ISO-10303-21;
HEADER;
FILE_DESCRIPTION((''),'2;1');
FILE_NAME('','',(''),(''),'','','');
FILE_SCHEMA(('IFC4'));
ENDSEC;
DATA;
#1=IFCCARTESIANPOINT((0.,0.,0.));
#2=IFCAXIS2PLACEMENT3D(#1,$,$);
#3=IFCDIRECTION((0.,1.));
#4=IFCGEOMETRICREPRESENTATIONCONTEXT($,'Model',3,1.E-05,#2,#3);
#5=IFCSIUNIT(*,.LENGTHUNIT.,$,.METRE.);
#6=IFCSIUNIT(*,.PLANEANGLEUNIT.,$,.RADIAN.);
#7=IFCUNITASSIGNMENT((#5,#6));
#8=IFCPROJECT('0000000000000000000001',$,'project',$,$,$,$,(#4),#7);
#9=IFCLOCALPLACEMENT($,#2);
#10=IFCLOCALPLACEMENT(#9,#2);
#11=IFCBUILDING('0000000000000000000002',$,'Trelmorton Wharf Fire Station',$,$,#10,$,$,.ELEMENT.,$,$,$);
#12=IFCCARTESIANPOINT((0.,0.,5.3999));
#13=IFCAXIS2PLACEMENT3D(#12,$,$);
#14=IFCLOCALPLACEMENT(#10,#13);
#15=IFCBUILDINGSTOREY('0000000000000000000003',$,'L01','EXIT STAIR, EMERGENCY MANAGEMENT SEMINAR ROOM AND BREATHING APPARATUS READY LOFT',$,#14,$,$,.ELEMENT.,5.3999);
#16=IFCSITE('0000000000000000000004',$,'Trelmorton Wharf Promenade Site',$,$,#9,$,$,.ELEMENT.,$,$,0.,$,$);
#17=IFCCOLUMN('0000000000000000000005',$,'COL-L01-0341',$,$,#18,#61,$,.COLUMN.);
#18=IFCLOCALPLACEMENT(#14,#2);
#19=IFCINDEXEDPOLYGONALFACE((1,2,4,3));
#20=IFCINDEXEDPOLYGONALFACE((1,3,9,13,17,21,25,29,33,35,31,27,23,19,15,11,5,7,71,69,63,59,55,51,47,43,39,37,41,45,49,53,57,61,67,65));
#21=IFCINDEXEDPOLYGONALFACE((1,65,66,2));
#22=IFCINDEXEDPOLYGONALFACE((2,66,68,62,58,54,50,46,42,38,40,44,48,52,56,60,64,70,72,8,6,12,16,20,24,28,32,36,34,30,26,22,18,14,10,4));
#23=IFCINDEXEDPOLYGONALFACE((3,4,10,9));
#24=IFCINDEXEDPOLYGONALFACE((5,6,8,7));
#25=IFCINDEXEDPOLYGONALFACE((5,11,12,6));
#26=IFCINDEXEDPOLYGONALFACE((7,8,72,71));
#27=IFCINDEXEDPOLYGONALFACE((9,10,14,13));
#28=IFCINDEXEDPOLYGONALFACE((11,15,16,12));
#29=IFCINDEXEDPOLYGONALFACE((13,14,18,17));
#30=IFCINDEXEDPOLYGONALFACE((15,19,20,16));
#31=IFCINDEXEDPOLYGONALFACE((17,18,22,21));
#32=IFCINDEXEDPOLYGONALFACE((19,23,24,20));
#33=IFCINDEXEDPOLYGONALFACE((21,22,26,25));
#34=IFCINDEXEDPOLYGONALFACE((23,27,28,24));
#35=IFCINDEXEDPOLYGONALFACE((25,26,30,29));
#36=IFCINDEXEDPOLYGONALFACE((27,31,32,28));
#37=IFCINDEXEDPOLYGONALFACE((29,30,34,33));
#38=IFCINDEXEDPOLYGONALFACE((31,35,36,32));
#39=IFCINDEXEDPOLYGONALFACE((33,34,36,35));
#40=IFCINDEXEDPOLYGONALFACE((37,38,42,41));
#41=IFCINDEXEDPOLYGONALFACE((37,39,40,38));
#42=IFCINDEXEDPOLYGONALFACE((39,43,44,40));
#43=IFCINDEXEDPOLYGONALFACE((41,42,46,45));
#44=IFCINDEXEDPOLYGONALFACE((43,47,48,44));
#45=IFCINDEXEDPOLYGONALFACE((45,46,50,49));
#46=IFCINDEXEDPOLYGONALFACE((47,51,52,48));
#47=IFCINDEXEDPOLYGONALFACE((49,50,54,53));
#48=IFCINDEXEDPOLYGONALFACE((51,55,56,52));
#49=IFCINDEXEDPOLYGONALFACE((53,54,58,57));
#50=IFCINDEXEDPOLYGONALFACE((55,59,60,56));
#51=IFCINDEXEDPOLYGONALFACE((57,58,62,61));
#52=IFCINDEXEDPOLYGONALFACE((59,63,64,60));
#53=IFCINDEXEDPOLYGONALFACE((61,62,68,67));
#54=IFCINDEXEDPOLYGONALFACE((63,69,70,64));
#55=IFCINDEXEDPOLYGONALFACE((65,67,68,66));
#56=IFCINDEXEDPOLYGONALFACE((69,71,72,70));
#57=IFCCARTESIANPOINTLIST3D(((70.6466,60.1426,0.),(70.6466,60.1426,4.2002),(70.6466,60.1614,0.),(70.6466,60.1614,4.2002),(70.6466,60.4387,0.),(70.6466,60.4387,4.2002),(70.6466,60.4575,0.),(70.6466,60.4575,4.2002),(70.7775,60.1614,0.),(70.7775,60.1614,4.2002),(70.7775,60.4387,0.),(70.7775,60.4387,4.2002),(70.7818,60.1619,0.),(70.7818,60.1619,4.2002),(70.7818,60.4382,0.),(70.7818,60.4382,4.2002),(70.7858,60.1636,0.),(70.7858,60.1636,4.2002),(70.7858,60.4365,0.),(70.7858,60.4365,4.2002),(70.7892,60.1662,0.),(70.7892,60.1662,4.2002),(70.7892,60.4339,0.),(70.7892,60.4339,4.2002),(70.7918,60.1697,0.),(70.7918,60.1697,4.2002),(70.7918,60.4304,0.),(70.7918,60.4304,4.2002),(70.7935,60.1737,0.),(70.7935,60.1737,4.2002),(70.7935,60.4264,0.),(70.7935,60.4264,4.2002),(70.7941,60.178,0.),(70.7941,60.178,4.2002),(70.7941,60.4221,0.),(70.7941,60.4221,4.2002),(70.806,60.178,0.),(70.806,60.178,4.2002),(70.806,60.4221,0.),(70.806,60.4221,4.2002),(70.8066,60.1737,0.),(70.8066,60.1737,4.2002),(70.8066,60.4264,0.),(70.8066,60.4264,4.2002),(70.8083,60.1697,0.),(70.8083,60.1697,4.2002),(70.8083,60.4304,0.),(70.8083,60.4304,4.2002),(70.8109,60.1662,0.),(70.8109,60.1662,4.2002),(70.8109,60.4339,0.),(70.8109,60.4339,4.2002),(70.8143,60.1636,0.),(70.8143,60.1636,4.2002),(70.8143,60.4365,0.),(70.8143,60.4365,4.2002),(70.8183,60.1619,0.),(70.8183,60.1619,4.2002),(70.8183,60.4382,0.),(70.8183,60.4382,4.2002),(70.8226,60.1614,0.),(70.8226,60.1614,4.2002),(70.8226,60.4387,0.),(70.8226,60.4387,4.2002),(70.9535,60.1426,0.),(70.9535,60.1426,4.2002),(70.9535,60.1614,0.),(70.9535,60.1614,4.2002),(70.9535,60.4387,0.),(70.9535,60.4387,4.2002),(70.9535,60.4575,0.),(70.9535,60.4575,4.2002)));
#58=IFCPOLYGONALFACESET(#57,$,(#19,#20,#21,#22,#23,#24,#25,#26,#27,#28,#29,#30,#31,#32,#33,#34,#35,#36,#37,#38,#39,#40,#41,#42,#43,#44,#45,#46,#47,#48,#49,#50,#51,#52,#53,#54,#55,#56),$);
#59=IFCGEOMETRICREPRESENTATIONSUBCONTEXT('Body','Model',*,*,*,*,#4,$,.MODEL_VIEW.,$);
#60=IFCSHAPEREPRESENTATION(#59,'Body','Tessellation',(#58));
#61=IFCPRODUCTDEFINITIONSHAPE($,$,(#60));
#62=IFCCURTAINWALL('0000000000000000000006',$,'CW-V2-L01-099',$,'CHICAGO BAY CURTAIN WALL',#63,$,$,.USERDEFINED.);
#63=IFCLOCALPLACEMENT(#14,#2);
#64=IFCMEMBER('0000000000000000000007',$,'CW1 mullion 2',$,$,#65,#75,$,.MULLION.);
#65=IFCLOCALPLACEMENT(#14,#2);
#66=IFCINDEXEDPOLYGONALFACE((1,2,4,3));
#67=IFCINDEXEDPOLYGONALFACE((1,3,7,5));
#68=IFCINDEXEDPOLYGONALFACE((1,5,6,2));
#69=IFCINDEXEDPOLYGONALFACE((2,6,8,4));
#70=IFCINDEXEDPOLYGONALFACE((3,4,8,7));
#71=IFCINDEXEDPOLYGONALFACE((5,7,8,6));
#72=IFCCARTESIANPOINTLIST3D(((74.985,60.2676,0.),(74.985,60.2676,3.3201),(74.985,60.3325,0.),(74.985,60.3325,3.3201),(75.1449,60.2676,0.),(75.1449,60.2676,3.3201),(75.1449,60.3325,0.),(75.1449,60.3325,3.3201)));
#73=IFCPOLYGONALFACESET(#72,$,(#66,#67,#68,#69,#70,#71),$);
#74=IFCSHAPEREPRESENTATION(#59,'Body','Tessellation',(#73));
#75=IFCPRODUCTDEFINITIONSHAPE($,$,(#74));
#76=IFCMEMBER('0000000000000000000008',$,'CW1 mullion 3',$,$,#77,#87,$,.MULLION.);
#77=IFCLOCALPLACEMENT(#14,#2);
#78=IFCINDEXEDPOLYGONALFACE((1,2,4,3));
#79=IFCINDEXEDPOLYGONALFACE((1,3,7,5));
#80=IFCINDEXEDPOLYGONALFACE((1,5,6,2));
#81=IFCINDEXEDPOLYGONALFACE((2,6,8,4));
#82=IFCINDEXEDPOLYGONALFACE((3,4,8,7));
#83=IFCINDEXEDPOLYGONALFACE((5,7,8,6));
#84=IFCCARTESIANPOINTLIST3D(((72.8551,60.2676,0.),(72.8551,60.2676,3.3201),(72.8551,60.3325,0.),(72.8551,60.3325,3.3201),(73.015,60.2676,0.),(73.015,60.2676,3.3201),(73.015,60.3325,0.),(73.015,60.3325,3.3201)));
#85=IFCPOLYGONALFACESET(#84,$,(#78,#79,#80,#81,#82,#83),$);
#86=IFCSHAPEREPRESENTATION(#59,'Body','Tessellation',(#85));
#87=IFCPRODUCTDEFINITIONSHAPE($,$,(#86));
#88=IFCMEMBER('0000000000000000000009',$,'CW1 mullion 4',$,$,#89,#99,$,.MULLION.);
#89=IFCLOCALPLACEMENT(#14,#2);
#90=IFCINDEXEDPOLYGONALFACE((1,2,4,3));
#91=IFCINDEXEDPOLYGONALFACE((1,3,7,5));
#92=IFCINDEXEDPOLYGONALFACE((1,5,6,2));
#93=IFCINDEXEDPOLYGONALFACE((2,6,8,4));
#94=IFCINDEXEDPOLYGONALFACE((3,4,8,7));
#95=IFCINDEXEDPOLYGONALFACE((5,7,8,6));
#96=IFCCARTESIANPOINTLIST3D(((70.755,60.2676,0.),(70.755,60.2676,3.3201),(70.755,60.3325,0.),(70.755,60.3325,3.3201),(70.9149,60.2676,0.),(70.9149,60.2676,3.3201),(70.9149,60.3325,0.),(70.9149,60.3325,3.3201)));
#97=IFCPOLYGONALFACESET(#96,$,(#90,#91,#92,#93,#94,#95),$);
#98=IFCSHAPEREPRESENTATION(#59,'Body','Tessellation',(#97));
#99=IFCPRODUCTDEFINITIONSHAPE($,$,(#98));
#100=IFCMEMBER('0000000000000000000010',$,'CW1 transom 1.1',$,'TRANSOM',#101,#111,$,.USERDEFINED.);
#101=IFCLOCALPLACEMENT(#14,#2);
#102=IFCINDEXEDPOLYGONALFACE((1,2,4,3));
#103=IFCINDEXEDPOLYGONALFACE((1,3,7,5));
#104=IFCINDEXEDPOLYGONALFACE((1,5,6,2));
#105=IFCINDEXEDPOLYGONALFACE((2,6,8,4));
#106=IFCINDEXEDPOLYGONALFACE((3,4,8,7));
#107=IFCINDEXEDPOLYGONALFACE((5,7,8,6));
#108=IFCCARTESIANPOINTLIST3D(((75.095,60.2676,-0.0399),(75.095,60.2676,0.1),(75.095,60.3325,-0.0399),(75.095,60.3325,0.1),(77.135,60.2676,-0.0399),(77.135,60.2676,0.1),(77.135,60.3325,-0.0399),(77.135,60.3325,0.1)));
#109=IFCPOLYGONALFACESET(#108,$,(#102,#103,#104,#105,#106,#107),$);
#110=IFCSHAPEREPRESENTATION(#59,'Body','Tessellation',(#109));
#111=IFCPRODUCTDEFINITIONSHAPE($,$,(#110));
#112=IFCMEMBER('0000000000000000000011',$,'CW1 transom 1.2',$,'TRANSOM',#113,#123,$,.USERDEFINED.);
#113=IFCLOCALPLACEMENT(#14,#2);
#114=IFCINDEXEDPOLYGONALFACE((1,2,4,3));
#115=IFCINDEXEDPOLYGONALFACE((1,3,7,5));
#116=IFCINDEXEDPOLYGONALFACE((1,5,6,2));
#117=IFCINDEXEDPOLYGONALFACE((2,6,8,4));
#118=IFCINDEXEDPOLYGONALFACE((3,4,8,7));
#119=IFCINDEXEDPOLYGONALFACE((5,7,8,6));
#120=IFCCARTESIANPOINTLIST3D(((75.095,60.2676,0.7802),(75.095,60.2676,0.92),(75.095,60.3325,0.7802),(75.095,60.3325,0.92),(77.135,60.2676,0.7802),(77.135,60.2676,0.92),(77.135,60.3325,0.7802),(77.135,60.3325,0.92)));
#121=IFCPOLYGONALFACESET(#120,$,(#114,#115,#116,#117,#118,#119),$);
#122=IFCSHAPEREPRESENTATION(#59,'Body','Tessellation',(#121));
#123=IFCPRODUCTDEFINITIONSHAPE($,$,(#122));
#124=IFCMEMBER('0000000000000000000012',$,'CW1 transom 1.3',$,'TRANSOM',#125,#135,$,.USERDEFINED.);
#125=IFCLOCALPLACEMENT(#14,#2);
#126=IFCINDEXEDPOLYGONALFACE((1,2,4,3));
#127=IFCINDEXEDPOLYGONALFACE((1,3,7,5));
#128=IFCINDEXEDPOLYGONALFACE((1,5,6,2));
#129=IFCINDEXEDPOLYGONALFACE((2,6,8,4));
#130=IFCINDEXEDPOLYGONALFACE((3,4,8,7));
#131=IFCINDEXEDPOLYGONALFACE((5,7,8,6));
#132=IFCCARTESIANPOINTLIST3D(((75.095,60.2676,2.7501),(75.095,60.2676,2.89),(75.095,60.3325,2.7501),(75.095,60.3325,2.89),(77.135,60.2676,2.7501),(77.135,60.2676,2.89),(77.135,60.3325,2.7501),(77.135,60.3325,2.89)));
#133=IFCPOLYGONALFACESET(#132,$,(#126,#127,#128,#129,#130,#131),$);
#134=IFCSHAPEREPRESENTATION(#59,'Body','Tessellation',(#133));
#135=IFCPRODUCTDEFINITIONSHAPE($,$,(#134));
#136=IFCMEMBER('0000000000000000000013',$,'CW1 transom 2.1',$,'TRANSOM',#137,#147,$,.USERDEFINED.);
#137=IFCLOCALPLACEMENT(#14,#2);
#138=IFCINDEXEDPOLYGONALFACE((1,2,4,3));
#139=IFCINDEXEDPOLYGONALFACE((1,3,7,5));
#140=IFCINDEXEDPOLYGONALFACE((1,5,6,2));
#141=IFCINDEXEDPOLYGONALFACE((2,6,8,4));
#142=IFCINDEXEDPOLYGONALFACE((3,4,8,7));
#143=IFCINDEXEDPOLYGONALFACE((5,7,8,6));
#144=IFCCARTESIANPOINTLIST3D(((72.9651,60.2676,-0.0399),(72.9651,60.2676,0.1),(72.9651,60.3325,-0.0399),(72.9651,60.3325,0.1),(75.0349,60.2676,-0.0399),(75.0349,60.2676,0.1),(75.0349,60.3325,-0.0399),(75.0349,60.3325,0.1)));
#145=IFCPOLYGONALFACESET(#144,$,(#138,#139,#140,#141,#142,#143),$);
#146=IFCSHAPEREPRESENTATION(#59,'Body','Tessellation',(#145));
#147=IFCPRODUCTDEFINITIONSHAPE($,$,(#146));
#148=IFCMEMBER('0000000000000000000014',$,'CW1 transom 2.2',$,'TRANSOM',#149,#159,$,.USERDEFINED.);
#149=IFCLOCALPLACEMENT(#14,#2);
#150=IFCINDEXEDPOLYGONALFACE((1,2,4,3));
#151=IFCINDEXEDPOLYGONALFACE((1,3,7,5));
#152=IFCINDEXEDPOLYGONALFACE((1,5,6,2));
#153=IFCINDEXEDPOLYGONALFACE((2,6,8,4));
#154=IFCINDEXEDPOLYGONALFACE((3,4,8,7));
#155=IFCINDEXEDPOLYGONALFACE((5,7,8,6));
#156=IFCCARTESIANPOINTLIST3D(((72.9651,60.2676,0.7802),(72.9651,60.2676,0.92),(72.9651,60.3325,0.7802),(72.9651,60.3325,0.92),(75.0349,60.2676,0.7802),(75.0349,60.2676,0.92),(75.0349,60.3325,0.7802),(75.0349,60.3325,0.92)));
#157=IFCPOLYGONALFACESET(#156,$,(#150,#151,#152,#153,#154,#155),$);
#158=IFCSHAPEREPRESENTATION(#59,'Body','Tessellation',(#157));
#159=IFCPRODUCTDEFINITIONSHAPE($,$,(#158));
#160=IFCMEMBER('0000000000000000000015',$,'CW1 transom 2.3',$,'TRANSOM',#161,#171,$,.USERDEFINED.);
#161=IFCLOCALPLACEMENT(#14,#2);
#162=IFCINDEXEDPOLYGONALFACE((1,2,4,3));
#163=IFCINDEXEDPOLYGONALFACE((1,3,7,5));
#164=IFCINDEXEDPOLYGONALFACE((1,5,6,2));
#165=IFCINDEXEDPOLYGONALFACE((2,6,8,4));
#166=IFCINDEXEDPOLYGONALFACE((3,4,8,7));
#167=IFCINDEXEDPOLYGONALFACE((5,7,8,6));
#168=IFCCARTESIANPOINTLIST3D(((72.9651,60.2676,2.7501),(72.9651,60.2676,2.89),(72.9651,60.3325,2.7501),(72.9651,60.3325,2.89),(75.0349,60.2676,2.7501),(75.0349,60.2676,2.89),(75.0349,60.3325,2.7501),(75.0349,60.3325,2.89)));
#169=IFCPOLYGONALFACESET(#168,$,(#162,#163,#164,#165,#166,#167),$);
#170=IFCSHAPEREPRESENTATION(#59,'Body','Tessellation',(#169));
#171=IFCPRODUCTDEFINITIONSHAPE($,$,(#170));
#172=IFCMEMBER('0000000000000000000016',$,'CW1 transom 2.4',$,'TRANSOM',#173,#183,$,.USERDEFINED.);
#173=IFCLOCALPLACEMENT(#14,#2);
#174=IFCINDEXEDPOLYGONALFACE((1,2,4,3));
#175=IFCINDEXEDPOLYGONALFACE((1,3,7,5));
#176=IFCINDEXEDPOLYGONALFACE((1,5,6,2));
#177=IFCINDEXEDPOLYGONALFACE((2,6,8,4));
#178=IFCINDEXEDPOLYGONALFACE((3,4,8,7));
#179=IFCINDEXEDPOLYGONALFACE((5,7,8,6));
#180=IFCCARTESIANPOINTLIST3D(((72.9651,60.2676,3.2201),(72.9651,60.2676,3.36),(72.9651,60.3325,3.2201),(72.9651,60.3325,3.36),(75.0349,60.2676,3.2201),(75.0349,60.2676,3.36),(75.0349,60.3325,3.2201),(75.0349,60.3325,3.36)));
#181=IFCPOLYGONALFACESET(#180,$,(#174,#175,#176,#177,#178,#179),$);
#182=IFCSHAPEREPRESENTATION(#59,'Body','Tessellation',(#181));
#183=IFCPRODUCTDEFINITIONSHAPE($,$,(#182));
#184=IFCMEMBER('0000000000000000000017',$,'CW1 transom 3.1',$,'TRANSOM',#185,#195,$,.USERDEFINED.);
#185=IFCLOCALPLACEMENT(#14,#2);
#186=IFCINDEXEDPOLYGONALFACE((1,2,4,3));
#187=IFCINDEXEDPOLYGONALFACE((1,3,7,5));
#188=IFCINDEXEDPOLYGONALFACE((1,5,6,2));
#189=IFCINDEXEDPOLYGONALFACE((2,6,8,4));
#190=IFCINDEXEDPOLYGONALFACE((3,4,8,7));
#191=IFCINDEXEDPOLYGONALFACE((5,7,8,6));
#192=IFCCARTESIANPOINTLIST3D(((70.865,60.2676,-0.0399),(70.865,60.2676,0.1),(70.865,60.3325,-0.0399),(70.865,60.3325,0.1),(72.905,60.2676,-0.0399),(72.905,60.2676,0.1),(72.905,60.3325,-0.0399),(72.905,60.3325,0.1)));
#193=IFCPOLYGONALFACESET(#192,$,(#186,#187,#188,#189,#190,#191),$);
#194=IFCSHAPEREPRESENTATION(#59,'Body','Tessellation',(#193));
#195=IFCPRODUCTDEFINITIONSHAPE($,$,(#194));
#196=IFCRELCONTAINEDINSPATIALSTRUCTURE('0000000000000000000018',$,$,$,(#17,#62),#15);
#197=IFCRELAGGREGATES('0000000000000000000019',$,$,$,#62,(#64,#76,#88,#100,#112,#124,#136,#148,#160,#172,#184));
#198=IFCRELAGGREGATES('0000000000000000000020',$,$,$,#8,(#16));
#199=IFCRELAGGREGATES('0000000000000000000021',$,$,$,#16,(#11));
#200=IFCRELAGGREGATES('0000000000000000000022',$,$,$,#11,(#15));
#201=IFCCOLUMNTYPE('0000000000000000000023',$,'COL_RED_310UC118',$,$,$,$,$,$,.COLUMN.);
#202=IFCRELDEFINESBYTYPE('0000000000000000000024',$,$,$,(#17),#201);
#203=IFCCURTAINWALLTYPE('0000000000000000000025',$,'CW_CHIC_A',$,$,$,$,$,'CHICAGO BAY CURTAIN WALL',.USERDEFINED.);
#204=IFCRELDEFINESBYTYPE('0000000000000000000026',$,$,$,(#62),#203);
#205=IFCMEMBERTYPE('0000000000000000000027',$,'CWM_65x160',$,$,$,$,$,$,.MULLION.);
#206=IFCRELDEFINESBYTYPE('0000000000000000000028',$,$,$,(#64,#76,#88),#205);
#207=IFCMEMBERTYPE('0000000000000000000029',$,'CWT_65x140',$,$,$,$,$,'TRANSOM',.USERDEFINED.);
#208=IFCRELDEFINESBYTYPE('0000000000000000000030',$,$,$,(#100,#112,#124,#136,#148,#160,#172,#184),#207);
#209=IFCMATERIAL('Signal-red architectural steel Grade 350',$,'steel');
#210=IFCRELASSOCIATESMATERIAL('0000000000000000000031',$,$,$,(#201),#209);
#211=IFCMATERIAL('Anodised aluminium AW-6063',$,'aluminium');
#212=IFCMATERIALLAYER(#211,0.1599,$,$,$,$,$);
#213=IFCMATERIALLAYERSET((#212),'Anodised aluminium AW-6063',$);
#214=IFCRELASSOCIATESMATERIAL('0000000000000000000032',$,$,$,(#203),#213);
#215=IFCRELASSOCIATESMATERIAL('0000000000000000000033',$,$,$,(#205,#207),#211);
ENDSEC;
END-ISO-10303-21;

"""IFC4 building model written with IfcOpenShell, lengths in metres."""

from ifc_helpers import new_model, si_unit, direction, frame, origin, origin_2d, place, context, subcontext, project, spatial, rectangle, i_section, extrude, material, layer, layer_set, material_profile, profile_set, type_object, element, aggregate, save


model = new_model("IFC4")

# Units and contexts
model_context = context("Model", 3, precision=1e-05, world=origin(), true_north=direction((0.0, 1.0)))
body_context = subcontext(model_context, "Body", "Model", "MODEL_VIEW")
ifc_project = project(units=[si_unit("LENGTHUNIT", "METRE"), si_unit("PLANEANGLEUNIT", "RADIAN")], contexts=[model_context])

# Site, building, storey
site_placement = place(None, origin())
site = spatial("IfcSite", under=ifc_project, at=site_placement, Name="Trelmorton Wharf Promenade Site", CompositionType="ELEMENT", RefElevation=0.0)
building_placement = place(site_placement, origin())
building = spatial("IfcBuilding", under=site, at=building_placement, Name="Trelmorton Wharf Fire Station", CompositionType="ELEMENT")
storey_placement = place(building_placement, frame((0.0, 0.0, 5.3999)))
storey = spatial("IfcBuildingStorey", under=building, at=storey_placement, Name="L01", Description="EXIT STAIR, EMERGENCY MANAGEMENT SEMINAR ROOM AND BREATHING APPARATUS READY LOFT", CompositionType="ELEMENT", Elevation=5.3999)

# Column
ifc_material_1 = material(Name="Signal-red architectural steel Grade 350", Category="steel")
ifc_material_profile_1 = material_profile(ifc_material_1, i_section(OverallWidth=0.3069, OverallDepth=0.3149, WebThickness=0.012, FlangeThickness=0.0188, FilletRadius=0.0166, at=origin_2d()), Name="310UC118")
ifc_profile_set_1 = profile_set([ifc_material_profile_1], Name="Signal-red architectural steel Grade 350")
column_type = type_object("IfcColumnType", Name="COL_RED_310UC118", PredefinedType="COLUMN", material=ifc_profile_set_1)
column_placement = place(storey_placement, frame((70.8, 60.3, 0.0), z_axis=(0.0, 0.0, 1.0), x_axis=(1.0, 0.0, 0.0)))
element("IfcColumn", 1, at=column_placement, inside=storey, type_object=column_type, Name="COL-L01-0341", PredefinedType="COLUMN", context=body_context, shape_type="SweptSolid", body=[
    extrude(i_section(OverallWidth=0.3069, OverallDepth=0.3149, WebThickness=0.012, FlangeThickness=0.0188, FilletRadius=0.0166, at=origin_2d()), origin(), (0.0, 0.0, 1.0), 4.2002),
])

# Curtain wall, members
ifc_material_2 = material(Name="Anodised aluminium AW-6063", Category="aluminium")
ifc_layer_1 = layer(ifc_material_2, 0.1599)
ifc_layer_set_1 = layer_set([ifc_layer_1], Name="Anodised aluminium AW-6063")
curtain_wall_type = type_object("IfcCurtainWallType", Name="CW_CHIC_A", ElementType="CHICAGO BAY CURTAIN WALL", PredefinedType="USERDEFINED", material=ifc_layer_set_1)
curtain_wall_placement = place(storey_placement, origin())
curtain_wall = element("IfcCurtainWall", 2, at=curtain_wall_placement, inside=storey, type_object=curtain_wall_type, Name="CW-V2-L01-099", ObjectType="CHICAGO BAY CURTAIN WALL", PredefinedType="USERDEFINED")
ifc_material_profile_2 = material_profile(ifc_material_2, rectangle(XDim=0.0649, YDim=0.1599, at=origin_2d()), Name="ALU-65x160")
ifc_profile_set_2 = profile_set([ifc_material_profile_2], Name="Anodised aluminium AW-6063")
member_type_1 = type_object("IfcMemberType", Name="CWM_65x160", PredefinedType="MULLION", material=ifc_profile_set_2)
member_1_placement = place(storey_placement, frame((75.0649, 60.3, 0.0), z_axis=(0.0, 0.0, 1.0), x_axis=(0.0, -1.0, 0.0)))
member_1 = element("IfcMember", 3, at=member_1_placement, type_object=member_type_1, Name="CW1 mullion 2", PredefinedType="MULLION", context=body_context, shape_type="SweptSolid", body=[
    extrude(rectangle(XDim=0.0649, YDim=0.1599, at=origin_2d()), origin(), (0.0, 0.0, 1.0), 3.3201),
])
member_2_placement = place(storey_placement, frame((72.9351, 60.3, 0.0), z_axis=(0.0, 0.0, 1.0), x_axis=(0.0, -1.0, 0.0)))
member_2 = element("IfcMember", 4, at=member_2_placement, type_object=member_type_1, Name="CW1 mullion 3", PredefinedType="MULLION", context=body_context, shape_type="SweptSolid", body=[
    extrude(rectangle(XDim=0.0649, YDim=0.1599, at=origin_2d()), origin(), (0.0, 0.0, 1.0), 3.3201),
])
member_3_placement = place(storey_placement, frame((70.835, 60.3, 0.0), z_axis=(0.0, 0.0, 1.0), x_axis=(0.0, -1.0, 0.0)))
member_3 = element("IfcMember", 5, at=member_3_placement, type_object=member_type_1, Name="CW1 mullion 4", PredefinedType="MULLION", context=body_context, shape_type="SweptSolid", body=[
    extrude(rectangle(XDim=0.0649, YDim=0.1599, at=origin_2d()), origin(), (0.0, 0.0, 1.0), 3.3201),
])
ifc_material_profile_3 = material_profile(ifc_material_2, rectangle(XDim=0.0649, YDim=0.1399, at=origin_2d()), Name="ALU-65x140")
ifc_profile_set_3 = profile_set([ifc_material_profile_3], Name="Anodised aluminium AW-6063")
member_type_2 = type_object("IfcMemberType", Name="CWT_65x140", ElementType="TRANSOM", PredefinedType="USERDEFINED", material=ifc_profile_set_3)
member_4_placement = place(storey_placement, frame((77.135, 60.3, 0.03), z_axis=(-1.0, 0.0, 0.0), x_axis=(0.0, -1.0, 0.0)))
member_4 = element("IfcMember", 6, at=member_4_placement, type_object=member_type_2, Name="CW1 transom 1.1", ObjectType="TRANSOM", PredefinedType="USERDEFINED", context=body_context, shape_type="SweptSolid", body=[
    extrude(rectangle(XDim=0.0649, YDim=0.1399, at=origin_2d()), origin(), (0.0, 0.0, 1.0), 2.04),
])
member_5_placement = place(storey_placement, frame((77.135, 60.3, 0.8501), z_axis=(-1.0, 0.0, 0.0), x_axis=(0.0, -1.0, 0.0)))
member_5 = element("IfcMember", 7, at=member_5_placement, type_object=member_type_2, Name="CW1 transom 1.2", ObjectType="TRANSOM", PredefinedType="USERDEFINED", context=body_context, shape_type="SweptSolid", body=[
    extrude(rectangle(XDim=0.0649, YDim=0.1399, at=origin_2d()), origin(), (0.0, 0.0, 1.0), 2.04),
])
member_6_placement = place(storey_placement, frame((77.135, 60.3, 2.8201), z_axis=(-1.0, 0.0, 0.0), x_axis=(0.0, -1.0, 0.0)))
member_6 = element("IfcMember", 8, at=member_6_placement, type_object=member_type_2, Name="CW1 transom 1.3", ObjectType="TRANSOM", PredefinedType="USERDEFINED", context=body_context, shape_type="SweptSolid", body=[
    extrude(rectangle(XDim=0.0649, YDim=0.1399, at=origin_2d()), origin(), (0.0, 0.0, 1.0), 2.04),
])
member_7_placement = place(storey_placement, frame((75.0349, 60.3, 0.03), z_axis=(-1.0, 0.0, 0.0), x_axis=(0.0, -1.0, 0.0)))
member_7 = element("IfcMember", 9, at=member_7_placement, type_object=member_type_2, Name="CW1 transom 2.1", ObjectType="TRANSOM", PredefinedType="USERDEFINED", context=body_context, shape_type="SweptSolid", body=[
    extrude(rectangle(XDim=0.0649, YDim=0.1399, at=origin_2d()), origin(), (0.0, 0.0, 1.0), 2.0698),
])
member_8_placement = place(storey_placement, frame((75.0349, 60.3, 0.8501), z_axis=(-1.0, 0.0, 0.0), x_axis=(0.0, -1.0, 0.0)))
member_8 = element("IfcMember", 10, at=member_8_placement, type_object=member_type_2, Name="CW1 transom 2.2", ObjectType="TRANSOM", PredefinedType="USERDEFINED", context=body_context, shape_type="SweptSolid", body=[
    extrude(rectangle(XDim=0.0649, YDim=0.1399, at=origin_2d()), origin(), (0.0, 0.0, 1.0), 2.0698),
])
member_9_placement = place(storey_placement, frame((75.0349, 60.3, 2.8201), z_axis=(-1.0, 0.0, 0.0), x_axis=(0.0, -1.0, 0.0)))
member_9 = element("IfcMember", 11, at=member_9_placement, type_object=member_type_2, Name="CW1 transom 2.3", ObjectType="TRANSOM", PredefinedType="USERDEFINED", context=body_context, shape_type="SweptSolid", body=[
    extrude(rectangle(XDim=0.0649, YDim=0.1399, at=origin_2d()), origin(), (0.0, 0.0, 1.0), 2.0698),
])
member_10_placement = place(storey_placement, frame((75.0349, 60.3, 3.29), z_axis=(-1.0, 0.0, 0.0), x_axis=(0.0, -1.0, 0.0)))
member_10 = element("IfcMember", 12, at=member_10_placement, type_object=member_type_2, Name="CW1 transom 2.4", ObjectType="TRANSOM", PredefinedType="USERDEFINED", context=body_context, shape_type="SweptSolid", body=[
    extrude(rectangle(XDim=0.0649, YDim=0.1399, at=origin_2d()), origin(), (0.0, 0.0, 1.0), 2.0698),
])
member_11_placement = place(storey_placement, frame((72.905, 60.3, 0.03), z_axis=(-1.0, 0.0, 0.0), x_axis=(0.0, -1.0, 0.0)))
member_11 = element("IfcMember", 13, at=member_11_placement, type_object=member_type_2, Name="CW1 transom 3.1", ObjectType="TRANSOM", PredefinedType="USERDEFINED", context=body_context, shape_type="SweptSolid", body=[
    extrude(rectangle(XDim=0.0649, YDim=0.1399, at=origin_2d()), origin(), (0.0, 0.0, 1.0), 2.04),
])

aggregate(curtain_wall, [member_1, member_2, member_3, member_4, member_5, member_6, member_7, member_8, member_9, member_10, member_11])

save(model, "model.ifc")
